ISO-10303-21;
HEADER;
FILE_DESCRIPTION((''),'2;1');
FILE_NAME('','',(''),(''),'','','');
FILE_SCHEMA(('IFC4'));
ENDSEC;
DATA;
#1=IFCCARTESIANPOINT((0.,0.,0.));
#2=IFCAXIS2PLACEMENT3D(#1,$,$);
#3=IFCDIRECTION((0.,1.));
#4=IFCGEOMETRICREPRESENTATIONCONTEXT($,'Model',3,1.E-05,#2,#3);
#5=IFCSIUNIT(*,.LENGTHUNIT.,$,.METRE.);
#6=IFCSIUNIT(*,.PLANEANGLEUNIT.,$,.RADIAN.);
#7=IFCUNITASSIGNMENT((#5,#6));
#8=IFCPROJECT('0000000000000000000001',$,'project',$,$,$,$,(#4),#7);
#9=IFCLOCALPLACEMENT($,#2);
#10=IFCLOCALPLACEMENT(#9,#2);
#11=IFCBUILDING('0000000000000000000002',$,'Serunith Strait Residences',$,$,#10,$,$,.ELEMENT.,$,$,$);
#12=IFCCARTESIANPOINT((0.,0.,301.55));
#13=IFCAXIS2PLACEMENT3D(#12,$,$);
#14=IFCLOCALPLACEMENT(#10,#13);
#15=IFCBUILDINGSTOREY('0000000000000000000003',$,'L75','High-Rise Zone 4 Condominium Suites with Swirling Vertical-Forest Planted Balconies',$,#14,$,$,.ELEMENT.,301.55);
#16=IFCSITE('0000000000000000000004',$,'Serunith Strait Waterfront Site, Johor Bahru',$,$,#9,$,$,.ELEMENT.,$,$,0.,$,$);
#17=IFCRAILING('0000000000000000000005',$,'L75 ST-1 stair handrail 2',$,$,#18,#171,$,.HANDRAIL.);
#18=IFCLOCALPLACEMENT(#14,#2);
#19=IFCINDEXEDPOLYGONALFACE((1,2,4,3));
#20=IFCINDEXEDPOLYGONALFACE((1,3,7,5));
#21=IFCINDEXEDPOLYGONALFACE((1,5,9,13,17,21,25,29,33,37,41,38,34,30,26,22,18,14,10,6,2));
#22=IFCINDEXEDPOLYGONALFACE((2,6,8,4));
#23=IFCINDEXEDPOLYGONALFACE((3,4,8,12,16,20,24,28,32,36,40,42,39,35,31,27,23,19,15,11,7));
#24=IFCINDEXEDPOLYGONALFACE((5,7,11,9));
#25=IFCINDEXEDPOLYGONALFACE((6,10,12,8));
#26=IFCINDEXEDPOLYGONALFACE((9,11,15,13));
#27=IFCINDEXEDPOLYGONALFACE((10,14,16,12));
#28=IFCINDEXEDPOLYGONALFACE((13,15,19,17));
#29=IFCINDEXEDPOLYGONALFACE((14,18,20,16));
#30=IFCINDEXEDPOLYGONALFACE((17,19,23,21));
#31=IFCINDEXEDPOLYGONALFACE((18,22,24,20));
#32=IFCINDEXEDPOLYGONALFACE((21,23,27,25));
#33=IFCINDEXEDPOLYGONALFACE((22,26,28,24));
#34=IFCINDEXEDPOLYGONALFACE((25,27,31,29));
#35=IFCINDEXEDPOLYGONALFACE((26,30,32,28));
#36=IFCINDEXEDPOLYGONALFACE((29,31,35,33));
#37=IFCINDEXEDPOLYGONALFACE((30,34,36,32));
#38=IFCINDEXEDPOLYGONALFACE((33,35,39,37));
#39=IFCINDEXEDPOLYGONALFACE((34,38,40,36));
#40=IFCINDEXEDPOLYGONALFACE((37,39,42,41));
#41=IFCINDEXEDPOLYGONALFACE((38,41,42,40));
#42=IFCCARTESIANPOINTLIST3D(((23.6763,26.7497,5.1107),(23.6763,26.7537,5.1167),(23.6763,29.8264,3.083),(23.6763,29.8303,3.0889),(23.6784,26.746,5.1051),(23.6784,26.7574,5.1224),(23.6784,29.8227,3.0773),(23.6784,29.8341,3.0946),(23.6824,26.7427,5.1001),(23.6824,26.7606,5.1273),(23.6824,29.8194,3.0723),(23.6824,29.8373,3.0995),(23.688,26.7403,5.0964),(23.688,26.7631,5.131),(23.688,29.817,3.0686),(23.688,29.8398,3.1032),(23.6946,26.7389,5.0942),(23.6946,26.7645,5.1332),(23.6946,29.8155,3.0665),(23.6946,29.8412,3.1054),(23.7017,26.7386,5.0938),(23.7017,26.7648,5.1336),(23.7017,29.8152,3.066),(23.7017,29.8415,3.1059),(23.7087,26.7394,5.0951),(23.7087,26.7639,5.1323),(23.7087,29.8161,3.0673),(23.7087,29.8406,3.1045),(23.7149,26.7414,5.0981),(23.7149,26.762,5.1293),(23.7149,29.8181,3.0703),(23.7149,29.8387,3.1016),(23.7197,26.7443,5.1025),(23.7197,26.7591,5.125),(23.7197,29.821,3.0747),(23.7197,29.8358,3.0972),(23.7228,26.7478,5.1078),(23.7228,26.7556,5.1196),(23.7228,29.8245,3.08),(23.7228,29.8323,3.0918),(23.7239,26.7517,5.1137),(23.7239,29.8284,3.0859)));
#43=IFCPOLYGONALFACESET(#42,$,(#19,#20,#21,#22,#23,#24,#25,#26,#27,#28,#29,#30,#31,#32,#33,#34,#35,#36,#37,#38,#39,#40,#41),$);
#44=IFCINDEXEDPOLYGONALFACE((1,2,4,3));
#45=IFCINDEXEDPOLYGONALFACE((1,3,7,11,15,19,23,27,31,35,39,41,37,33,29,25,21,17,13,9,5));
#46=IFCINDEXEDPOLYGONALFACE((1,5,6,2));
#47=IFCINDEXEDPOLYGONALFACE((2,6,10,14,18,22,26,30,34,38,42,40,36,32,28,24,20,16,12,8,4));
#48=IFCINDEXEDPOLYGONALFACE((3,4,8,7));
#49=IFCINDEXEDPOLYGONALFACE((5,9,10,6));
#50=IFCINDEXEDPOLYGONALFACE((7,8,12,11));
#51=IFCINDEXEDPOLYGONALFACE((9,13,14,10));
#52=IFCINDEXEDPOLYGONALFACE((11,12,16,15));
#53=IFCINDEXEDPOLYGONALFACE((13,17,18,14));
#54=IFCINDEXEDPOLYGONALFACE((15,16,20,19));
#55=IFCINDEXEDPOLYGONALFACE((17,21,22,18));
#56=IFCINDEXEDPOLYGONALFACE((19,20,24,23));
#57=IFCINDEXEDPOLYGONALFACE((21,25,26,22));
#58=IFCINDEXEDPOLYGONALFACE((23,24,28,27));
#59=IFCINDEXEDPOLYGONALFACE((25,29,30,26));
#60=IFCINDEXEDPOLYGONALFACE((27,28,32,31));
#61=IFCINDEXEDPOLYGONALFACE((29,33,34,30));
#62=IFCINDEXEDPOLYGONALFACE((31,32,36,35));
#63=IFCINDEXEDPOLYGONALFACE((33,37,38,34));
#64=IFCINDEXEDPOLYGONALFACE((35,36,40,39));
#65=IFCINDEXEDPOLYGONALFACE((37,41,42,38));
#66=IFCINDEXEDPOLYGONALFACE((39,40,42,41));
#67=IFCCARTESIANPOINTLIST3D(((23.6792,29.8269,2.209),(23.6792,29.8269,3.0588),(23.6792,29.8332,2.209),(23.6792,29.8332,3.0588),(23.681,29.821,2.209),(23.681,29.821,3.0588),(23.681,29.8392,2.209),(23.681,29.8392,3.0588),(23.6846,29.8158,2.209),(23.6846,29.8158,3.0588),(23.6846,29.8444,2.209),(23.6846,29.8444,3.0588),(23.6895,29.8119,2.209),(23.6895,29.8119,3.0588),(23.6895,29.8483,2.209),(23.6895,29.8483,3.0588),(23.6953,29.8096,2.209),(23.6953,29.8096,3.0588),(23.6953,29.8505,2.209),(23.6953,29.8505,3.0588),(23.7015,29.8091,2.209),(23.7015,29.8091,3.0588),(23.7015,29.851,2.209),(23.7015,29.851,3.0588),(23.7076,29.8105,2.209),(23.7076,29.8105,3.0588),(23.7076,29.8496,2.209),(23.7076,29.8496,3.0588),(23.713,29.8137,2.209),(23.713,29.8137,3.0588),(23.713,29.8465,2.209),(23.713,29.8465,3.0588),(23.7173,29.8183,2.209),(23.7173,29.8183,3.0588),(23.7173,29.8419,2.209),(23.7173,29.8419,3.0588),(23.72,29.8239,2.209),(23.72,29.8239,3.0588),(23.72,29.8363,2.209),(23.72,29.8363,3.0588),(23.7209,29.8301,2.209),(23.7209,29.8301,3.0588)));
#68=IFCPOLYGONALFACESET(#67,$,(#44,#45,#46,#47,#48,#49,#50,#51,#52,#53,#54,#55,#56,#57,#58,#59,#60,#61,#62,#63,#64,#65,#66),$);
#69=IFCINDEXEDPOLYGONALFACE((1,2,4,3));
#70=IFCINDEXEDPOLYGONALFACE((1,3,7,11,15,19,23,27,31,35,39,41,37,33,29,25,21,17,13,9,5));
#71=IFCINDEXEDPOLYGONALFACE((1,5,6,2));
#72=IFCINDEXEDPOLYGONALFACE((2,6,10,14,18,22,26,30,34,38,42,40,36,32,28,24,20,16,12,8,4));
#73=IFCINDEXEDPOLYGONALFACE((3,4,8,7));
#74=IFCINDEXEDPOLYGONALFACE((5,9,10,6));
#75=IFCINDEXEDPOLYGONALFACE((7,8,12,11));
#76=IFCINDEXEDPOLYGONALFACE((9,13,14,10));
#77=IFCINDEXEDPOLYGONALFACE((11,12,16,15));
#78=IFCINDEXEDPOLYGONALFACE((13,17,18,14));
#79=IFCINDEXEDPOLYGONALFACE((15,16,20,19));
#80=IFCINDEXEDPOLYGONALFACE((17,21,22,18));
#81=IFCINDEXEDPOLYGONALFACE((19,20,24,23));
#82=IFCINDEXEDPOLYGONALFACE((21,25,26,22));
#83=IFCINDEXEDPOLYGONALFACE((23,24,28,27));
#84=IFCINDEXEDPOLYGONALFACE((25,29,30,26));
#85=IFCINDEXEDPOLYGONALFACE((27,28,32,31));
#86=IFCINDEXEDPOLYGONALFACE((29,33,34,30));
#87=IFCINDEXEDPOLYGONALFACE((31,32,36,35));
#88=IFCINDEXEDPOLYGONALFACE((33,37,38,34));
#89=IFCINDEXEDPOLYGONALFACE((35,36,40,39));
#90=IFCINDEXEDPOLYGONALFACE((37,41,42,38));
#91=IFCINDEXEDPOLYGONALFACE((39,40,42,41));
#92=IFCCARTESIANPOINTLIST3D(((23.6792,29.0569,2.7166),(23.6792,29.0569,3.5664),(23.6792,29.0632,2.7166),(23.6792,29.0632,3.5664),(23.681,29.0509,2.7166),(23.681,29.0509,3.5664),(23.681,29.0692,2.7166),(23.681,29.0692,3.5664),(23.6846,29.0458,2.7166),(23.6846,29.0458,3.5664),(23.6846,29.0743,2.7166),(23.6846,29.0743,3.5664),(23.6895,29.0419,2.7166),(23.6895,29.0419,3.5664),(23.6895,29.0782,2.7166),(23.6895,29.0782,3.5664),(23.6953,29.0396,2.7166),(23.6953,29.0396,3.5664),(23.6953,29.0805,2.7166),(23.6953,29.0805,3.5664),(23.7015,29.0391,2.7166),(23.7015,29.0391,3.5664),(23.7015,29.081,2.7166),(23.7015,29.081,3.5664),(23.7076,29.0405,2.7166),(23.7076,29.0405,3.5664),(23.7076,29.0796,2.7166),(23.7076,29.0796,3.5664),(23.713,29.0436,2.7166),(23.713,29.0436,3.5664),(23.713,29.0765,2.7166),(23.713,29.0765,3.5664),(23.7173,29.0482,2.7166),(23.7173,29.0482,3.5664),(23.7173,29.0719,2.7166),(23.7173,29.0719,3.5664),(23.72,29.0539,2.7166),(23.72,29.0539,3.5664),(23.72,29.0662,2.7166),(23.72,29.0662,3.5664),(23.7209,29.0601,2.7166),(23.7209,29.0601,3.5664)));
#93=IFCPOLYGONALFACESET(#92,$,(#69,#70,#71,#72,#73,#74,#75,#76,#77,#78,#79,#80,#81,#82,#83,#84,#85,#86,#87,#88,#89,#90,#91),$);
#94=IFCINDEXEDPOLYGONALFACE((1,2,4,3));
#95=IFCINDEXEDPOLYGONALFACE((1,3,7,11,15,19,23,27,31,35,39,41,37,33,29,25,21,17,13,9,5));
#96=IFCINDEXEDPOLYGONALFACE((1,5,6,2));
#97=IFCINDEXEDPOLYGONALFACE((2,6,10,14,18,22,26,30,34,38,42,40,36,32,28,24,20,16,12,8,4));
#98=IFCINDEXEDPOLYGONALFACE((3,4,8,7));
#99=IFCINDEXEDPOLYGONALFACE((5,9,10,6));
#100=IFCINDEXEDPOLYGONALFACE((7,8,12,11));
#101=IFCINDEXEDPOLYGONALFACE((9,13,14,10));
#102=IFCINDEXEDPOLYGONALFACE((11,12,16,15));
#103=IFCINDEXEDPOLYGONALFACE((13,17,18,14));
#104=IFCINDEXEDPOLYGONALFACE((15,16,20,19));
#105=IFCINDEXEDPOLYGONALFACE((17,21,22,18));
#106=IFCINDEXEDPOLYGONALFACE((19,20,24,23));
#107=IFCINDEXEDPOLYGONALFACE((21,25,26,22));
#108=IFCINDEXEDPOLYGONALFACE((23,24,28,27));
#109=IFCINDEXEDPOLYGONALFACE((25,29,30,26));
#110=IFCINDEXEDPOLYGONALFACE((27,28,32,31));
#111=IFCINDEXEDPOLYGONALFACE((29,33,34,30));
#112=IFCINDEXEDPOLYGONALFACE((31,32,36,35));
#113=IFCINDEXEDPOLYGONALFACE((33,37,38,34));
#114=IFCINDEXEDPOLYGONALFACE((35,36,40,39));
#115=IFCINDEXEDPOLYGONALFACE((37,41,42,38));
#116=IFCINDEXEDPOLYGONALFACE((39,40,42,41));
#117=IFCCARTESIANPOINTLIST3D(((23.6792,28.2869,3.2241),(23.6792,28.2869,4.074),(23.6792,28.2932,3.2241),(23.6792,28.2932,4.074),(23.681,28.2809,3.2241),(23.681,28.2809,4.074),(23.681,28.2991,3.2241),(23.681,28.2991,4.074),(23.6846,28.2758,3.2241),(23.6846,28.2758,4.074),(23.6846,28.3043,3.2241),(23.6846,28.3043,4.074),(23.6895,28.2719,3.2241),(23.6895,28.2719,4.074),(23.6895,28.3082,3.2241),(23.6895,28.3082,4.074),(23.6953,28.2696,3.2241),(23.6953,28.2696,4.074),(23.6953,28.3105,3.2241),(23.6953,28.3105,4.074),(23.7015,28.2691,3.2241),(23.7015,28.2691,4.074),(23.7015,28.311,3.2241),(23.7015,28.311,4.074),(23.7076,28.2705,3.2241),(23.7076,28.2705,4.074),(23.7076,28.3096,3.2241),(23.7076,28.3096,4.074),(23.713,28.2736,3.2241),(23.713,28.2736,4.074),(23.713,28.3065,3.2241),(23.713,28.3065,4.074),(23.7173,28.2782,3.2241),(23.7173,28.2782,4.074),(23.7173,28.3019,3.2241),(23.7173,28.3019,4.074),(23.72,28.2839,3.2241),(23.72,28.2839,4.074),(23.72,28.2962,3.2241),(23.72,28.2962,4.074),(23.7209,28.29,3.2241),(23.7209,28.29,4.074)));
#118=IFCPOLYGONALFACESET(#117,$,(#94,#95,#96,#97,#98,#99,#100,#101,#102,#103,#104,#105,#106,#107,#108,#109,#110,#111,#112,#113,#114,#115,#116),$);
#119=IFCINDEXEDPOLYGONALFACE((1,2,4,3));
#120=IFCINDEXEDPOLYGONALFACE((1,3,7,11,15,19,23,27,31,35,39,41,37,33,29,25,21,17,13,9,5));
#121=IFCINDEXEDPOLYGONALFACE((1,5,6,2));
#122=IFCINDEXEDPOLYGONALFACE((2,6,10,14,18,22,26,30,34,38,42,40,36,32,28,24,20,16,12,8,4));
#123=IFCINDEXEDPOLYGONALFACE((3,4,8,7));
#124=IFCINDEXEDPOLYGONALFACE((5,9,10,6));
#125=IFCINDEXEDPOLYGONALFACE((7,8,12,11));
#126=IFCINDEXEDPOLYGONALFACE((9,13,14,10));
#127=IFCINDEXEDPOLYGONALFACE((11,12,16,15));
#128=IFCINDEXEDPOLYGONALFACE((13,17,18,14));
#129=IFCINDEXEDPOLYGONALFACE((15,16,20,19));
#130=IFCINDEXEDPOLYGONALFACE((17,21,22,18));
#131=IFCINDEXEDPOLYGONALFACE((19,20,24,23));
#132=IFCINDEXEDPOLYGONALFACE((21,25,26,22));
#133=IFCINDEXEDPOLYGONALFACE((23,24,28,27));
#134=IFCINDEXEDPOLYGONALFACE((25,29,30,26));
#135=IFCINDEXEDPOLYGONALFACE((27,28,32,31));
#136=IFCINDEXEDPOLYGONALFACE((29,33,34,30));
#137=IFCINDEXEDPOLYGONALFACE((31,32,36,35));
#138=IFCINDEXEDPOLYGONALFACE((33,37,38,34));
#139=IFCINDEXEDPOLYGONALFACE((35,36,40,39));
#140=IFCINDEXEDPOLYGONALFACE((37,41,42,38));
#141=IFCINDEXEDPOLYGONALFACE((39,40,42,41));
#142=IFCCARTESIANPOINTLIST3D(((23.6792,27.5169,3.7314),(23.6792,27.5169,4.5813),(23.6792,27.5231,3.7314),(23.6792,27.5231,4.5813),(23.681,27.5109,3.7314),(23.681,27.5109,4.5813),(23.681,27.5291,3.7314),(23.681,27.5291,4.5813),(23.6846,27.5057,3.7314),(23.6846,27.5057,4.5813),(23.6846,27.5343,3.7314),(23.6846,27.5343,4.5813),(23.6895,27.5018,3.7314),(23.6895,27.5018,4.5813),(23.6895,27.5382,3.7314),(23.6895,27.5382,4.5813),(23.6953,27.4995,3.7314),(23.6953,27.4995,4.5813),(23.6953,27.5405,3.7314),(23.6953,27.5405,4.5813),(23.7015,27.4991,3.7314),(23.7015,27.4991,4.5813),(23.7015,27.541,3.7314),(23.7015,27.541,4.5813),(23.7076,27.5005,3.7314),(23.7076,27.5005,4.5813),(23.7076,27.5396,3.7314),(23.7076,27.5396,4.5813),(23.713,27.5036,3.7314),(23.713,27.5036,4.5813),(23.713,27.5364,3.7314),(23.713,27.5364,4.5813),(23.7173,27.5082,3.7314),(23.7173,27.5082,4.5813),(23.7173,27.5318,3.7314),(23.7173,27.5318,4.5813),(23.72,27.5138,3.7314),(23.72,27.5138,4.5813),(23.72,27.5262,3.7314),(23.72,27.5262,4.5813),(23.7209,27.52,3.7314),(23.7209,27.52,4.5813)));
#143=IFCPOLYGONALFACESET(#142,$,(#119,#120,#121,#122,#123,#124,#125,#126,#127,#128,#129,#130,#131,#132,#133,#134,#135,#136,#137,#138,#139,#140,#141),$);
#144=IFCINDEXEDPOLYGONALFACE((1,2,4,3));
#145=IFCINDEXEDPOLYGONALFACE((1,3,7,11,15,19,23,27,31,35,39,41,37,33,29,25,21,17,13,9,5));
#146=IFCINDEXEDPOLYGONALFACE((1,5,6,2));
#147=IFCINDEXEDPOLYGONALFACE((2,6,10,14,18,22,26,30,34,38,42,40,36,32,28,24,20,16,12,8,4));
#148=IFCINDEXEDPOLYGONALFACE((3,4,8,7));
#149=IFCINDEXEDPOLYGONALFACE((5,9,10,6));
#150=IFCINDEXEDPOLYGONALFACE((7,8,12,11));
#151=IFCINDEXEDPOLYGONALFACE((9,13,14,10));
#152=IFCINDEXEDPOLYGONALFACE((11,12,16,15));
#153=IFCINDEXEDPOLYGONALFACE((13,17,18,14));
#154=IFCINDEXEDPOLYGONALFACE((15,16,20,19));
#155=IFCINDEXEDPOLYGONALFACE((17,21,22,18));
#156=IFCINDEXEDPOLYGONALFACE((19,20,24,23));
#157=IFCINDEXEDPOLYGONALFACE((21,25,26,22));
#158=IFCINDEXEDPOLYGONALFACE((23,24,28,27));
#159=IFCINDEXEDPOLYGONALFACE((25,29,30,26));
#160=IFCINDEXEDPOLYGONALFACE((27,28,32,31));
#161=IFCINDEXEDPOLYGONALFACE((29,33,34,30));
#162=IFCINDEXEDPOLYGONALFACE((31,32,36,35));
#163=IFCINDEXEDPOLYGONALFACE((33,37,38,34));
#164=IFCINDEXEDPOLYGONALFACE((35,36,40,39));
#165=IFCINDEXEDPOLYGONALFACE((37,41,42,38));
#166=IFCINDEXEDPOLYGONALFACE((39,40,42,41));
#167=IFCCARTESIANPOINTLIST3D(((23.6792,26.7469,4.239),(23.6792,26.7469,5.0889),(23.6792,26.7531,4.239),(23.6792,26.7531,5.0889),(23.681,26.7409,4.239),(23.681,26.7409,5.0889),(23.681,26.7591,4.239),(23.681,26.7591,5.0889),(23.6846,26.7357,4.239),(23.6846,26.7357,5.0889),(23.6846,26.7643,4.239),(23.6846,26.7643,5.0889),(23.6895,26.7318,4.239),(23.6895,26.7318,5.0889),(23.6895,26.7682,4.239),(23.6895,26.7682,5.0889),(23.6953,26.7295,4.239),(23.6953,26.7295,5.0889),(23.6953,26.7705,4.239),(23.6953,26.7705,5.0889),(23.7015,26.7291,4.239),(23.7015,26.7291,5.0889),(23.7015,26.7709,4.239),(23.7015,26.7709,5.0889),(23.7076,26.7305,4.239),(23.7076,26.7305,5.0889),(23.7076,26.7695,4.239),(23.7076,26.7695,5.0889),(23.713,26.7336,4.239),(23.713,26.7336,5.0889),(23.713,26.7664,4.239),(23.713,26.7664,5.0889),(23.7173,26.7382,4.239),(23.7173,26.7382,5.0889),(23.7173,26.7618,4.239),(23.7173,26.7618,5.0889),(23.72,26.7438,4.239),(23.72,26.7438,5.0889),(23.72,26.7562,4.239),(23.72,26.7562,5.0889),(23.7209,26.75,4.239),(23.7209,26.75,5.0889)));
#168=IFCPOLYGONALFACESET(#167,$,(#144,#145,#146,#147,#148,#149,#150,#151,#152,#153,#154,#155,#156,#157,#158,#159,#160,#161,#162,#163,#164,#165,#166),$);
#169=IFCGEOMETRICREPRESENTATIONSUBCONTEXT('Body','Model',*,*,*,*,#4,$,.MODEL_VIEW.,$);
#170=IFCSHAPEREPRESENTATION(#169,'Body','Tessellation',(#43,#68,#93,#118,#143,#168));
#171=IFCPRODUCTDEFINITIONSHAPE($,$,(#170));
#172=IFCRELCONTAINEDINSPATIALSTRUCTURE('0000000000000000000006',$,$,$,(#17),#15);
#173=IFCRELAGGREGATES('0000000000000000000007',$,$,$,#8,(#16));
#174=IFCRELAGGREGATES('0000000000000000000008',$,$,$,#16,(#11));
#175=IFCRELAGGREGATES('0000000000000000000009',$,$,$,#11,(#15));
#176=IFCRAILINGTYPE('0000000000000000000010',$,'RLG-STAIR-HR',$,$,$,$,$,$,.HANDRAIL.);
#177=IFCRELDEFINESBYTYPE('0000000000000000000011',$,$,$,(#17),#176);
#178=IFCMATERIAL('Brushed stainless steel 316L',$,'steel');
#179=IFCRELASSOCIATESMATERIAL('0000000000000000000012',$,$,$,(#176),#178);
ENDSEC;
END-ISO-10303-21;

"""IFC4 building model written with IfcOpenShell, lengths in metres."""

from ifc_helpers import new_model, si_unit, direction, frame, origin, origin_2d, place, context, subcontext, project, spatial, circle, extrude, material, type_object, element, save


model = new_model("IFC4")

# Units and contexts
model_context = context("Model", 3, precision=1e-05, world=origin(), true_north=direction((0.0, 1.0)))
body_context = subcontext(model_context, "Body", "Model", "MODEL_VIEW")
ifc_project = project(units=[si_unit("LENGTHUNIT", "METRE"), si_unit("PLANEANGLEUNIT", "RADIAN")], contexts=[model_context])

# Site, building, storey
site_placement = place(None, origin())
site = spatial("IfcSite", under=ifc_project, at=site_placement, Name="Serunith Strait Waterfront Site, Johor Bahru", CompositionType="ELEMENT", RefElevation=0.0)
building_placement = place(site_placement, origin())
building = spatial("IfcBuilding", under=site, at=building_placement, Name="Serunith Strait Residences", CompositionType="ELEMENT")
storey_placement = place(building_placement, frame((0.0, 0.0, 301.55)))
storey = spatial("IfcBuildingStorey", under=building, at=storey_placement, Name="L75", Description="High-Rise Zone 4 Condominium Suites with Swirling Vertical-Forest Planted Balconies", CompositionType="ELEMENT", Elevation=301.55)

# Railing
ifc_material_1 = material(Name="Brushed stainless steel 316L", Category="steel")
railing_type_1 = type_object("IfcRailingType", Name="RLG-STAIR-HR", PredefinedType="HANDRAIL", material=ifc_material_1)
railing_1_placement = place(storey_placement, frame((23.7, 29.8301, 2.209)))
element("IfcRailing", 1, at=railing_1_placement, inside=storey, type_object=railing_type_1, Name="L75 ST-1 stair handrail 2", PredefinedType="HANDRAIL", context=body_context, shape_type="SweptSolid", body=[
    extrude(circle(Radius=0.0239, at=origin_2d()), frame((0.0, -0.0017, 0.877), z_axis=(0.0, -0.834961, 0.550309), x_axis=(1.0, 0.0, 0.0)), (0.0, 0.0, 1.0), 3.6848),
    extrude(circle(Radius=0.021, at=origin_2d()), origin(), (0.0, 0.0, 1.0), 0.8499),
    extrude(circle(Radius=0.021, at=origin_2d()), frame((0.0, -0.77, 0.5076)), (0.0, 0.0, 1.0), 0.8499),
    extrude(circle(Radius=0.021, at=origin_2d()), frame((0.0, -1.54, 1.0151)), (0.0, 0.0, 1.0), 0.8499),
    extrude(circle(Radius=0.021, at=origin_2d()), frame((0.0, -2.3101, 1.5225)), (0.0, 0.0, 1.0), 0.8499),
    extrude(circle(Radius=0.021, at=origin_2d()), frame((0.0, -3.0801, 2.03)), (0.0, 0.0, 1.0), 0.8499),
])

save(model, "model.ifc")
